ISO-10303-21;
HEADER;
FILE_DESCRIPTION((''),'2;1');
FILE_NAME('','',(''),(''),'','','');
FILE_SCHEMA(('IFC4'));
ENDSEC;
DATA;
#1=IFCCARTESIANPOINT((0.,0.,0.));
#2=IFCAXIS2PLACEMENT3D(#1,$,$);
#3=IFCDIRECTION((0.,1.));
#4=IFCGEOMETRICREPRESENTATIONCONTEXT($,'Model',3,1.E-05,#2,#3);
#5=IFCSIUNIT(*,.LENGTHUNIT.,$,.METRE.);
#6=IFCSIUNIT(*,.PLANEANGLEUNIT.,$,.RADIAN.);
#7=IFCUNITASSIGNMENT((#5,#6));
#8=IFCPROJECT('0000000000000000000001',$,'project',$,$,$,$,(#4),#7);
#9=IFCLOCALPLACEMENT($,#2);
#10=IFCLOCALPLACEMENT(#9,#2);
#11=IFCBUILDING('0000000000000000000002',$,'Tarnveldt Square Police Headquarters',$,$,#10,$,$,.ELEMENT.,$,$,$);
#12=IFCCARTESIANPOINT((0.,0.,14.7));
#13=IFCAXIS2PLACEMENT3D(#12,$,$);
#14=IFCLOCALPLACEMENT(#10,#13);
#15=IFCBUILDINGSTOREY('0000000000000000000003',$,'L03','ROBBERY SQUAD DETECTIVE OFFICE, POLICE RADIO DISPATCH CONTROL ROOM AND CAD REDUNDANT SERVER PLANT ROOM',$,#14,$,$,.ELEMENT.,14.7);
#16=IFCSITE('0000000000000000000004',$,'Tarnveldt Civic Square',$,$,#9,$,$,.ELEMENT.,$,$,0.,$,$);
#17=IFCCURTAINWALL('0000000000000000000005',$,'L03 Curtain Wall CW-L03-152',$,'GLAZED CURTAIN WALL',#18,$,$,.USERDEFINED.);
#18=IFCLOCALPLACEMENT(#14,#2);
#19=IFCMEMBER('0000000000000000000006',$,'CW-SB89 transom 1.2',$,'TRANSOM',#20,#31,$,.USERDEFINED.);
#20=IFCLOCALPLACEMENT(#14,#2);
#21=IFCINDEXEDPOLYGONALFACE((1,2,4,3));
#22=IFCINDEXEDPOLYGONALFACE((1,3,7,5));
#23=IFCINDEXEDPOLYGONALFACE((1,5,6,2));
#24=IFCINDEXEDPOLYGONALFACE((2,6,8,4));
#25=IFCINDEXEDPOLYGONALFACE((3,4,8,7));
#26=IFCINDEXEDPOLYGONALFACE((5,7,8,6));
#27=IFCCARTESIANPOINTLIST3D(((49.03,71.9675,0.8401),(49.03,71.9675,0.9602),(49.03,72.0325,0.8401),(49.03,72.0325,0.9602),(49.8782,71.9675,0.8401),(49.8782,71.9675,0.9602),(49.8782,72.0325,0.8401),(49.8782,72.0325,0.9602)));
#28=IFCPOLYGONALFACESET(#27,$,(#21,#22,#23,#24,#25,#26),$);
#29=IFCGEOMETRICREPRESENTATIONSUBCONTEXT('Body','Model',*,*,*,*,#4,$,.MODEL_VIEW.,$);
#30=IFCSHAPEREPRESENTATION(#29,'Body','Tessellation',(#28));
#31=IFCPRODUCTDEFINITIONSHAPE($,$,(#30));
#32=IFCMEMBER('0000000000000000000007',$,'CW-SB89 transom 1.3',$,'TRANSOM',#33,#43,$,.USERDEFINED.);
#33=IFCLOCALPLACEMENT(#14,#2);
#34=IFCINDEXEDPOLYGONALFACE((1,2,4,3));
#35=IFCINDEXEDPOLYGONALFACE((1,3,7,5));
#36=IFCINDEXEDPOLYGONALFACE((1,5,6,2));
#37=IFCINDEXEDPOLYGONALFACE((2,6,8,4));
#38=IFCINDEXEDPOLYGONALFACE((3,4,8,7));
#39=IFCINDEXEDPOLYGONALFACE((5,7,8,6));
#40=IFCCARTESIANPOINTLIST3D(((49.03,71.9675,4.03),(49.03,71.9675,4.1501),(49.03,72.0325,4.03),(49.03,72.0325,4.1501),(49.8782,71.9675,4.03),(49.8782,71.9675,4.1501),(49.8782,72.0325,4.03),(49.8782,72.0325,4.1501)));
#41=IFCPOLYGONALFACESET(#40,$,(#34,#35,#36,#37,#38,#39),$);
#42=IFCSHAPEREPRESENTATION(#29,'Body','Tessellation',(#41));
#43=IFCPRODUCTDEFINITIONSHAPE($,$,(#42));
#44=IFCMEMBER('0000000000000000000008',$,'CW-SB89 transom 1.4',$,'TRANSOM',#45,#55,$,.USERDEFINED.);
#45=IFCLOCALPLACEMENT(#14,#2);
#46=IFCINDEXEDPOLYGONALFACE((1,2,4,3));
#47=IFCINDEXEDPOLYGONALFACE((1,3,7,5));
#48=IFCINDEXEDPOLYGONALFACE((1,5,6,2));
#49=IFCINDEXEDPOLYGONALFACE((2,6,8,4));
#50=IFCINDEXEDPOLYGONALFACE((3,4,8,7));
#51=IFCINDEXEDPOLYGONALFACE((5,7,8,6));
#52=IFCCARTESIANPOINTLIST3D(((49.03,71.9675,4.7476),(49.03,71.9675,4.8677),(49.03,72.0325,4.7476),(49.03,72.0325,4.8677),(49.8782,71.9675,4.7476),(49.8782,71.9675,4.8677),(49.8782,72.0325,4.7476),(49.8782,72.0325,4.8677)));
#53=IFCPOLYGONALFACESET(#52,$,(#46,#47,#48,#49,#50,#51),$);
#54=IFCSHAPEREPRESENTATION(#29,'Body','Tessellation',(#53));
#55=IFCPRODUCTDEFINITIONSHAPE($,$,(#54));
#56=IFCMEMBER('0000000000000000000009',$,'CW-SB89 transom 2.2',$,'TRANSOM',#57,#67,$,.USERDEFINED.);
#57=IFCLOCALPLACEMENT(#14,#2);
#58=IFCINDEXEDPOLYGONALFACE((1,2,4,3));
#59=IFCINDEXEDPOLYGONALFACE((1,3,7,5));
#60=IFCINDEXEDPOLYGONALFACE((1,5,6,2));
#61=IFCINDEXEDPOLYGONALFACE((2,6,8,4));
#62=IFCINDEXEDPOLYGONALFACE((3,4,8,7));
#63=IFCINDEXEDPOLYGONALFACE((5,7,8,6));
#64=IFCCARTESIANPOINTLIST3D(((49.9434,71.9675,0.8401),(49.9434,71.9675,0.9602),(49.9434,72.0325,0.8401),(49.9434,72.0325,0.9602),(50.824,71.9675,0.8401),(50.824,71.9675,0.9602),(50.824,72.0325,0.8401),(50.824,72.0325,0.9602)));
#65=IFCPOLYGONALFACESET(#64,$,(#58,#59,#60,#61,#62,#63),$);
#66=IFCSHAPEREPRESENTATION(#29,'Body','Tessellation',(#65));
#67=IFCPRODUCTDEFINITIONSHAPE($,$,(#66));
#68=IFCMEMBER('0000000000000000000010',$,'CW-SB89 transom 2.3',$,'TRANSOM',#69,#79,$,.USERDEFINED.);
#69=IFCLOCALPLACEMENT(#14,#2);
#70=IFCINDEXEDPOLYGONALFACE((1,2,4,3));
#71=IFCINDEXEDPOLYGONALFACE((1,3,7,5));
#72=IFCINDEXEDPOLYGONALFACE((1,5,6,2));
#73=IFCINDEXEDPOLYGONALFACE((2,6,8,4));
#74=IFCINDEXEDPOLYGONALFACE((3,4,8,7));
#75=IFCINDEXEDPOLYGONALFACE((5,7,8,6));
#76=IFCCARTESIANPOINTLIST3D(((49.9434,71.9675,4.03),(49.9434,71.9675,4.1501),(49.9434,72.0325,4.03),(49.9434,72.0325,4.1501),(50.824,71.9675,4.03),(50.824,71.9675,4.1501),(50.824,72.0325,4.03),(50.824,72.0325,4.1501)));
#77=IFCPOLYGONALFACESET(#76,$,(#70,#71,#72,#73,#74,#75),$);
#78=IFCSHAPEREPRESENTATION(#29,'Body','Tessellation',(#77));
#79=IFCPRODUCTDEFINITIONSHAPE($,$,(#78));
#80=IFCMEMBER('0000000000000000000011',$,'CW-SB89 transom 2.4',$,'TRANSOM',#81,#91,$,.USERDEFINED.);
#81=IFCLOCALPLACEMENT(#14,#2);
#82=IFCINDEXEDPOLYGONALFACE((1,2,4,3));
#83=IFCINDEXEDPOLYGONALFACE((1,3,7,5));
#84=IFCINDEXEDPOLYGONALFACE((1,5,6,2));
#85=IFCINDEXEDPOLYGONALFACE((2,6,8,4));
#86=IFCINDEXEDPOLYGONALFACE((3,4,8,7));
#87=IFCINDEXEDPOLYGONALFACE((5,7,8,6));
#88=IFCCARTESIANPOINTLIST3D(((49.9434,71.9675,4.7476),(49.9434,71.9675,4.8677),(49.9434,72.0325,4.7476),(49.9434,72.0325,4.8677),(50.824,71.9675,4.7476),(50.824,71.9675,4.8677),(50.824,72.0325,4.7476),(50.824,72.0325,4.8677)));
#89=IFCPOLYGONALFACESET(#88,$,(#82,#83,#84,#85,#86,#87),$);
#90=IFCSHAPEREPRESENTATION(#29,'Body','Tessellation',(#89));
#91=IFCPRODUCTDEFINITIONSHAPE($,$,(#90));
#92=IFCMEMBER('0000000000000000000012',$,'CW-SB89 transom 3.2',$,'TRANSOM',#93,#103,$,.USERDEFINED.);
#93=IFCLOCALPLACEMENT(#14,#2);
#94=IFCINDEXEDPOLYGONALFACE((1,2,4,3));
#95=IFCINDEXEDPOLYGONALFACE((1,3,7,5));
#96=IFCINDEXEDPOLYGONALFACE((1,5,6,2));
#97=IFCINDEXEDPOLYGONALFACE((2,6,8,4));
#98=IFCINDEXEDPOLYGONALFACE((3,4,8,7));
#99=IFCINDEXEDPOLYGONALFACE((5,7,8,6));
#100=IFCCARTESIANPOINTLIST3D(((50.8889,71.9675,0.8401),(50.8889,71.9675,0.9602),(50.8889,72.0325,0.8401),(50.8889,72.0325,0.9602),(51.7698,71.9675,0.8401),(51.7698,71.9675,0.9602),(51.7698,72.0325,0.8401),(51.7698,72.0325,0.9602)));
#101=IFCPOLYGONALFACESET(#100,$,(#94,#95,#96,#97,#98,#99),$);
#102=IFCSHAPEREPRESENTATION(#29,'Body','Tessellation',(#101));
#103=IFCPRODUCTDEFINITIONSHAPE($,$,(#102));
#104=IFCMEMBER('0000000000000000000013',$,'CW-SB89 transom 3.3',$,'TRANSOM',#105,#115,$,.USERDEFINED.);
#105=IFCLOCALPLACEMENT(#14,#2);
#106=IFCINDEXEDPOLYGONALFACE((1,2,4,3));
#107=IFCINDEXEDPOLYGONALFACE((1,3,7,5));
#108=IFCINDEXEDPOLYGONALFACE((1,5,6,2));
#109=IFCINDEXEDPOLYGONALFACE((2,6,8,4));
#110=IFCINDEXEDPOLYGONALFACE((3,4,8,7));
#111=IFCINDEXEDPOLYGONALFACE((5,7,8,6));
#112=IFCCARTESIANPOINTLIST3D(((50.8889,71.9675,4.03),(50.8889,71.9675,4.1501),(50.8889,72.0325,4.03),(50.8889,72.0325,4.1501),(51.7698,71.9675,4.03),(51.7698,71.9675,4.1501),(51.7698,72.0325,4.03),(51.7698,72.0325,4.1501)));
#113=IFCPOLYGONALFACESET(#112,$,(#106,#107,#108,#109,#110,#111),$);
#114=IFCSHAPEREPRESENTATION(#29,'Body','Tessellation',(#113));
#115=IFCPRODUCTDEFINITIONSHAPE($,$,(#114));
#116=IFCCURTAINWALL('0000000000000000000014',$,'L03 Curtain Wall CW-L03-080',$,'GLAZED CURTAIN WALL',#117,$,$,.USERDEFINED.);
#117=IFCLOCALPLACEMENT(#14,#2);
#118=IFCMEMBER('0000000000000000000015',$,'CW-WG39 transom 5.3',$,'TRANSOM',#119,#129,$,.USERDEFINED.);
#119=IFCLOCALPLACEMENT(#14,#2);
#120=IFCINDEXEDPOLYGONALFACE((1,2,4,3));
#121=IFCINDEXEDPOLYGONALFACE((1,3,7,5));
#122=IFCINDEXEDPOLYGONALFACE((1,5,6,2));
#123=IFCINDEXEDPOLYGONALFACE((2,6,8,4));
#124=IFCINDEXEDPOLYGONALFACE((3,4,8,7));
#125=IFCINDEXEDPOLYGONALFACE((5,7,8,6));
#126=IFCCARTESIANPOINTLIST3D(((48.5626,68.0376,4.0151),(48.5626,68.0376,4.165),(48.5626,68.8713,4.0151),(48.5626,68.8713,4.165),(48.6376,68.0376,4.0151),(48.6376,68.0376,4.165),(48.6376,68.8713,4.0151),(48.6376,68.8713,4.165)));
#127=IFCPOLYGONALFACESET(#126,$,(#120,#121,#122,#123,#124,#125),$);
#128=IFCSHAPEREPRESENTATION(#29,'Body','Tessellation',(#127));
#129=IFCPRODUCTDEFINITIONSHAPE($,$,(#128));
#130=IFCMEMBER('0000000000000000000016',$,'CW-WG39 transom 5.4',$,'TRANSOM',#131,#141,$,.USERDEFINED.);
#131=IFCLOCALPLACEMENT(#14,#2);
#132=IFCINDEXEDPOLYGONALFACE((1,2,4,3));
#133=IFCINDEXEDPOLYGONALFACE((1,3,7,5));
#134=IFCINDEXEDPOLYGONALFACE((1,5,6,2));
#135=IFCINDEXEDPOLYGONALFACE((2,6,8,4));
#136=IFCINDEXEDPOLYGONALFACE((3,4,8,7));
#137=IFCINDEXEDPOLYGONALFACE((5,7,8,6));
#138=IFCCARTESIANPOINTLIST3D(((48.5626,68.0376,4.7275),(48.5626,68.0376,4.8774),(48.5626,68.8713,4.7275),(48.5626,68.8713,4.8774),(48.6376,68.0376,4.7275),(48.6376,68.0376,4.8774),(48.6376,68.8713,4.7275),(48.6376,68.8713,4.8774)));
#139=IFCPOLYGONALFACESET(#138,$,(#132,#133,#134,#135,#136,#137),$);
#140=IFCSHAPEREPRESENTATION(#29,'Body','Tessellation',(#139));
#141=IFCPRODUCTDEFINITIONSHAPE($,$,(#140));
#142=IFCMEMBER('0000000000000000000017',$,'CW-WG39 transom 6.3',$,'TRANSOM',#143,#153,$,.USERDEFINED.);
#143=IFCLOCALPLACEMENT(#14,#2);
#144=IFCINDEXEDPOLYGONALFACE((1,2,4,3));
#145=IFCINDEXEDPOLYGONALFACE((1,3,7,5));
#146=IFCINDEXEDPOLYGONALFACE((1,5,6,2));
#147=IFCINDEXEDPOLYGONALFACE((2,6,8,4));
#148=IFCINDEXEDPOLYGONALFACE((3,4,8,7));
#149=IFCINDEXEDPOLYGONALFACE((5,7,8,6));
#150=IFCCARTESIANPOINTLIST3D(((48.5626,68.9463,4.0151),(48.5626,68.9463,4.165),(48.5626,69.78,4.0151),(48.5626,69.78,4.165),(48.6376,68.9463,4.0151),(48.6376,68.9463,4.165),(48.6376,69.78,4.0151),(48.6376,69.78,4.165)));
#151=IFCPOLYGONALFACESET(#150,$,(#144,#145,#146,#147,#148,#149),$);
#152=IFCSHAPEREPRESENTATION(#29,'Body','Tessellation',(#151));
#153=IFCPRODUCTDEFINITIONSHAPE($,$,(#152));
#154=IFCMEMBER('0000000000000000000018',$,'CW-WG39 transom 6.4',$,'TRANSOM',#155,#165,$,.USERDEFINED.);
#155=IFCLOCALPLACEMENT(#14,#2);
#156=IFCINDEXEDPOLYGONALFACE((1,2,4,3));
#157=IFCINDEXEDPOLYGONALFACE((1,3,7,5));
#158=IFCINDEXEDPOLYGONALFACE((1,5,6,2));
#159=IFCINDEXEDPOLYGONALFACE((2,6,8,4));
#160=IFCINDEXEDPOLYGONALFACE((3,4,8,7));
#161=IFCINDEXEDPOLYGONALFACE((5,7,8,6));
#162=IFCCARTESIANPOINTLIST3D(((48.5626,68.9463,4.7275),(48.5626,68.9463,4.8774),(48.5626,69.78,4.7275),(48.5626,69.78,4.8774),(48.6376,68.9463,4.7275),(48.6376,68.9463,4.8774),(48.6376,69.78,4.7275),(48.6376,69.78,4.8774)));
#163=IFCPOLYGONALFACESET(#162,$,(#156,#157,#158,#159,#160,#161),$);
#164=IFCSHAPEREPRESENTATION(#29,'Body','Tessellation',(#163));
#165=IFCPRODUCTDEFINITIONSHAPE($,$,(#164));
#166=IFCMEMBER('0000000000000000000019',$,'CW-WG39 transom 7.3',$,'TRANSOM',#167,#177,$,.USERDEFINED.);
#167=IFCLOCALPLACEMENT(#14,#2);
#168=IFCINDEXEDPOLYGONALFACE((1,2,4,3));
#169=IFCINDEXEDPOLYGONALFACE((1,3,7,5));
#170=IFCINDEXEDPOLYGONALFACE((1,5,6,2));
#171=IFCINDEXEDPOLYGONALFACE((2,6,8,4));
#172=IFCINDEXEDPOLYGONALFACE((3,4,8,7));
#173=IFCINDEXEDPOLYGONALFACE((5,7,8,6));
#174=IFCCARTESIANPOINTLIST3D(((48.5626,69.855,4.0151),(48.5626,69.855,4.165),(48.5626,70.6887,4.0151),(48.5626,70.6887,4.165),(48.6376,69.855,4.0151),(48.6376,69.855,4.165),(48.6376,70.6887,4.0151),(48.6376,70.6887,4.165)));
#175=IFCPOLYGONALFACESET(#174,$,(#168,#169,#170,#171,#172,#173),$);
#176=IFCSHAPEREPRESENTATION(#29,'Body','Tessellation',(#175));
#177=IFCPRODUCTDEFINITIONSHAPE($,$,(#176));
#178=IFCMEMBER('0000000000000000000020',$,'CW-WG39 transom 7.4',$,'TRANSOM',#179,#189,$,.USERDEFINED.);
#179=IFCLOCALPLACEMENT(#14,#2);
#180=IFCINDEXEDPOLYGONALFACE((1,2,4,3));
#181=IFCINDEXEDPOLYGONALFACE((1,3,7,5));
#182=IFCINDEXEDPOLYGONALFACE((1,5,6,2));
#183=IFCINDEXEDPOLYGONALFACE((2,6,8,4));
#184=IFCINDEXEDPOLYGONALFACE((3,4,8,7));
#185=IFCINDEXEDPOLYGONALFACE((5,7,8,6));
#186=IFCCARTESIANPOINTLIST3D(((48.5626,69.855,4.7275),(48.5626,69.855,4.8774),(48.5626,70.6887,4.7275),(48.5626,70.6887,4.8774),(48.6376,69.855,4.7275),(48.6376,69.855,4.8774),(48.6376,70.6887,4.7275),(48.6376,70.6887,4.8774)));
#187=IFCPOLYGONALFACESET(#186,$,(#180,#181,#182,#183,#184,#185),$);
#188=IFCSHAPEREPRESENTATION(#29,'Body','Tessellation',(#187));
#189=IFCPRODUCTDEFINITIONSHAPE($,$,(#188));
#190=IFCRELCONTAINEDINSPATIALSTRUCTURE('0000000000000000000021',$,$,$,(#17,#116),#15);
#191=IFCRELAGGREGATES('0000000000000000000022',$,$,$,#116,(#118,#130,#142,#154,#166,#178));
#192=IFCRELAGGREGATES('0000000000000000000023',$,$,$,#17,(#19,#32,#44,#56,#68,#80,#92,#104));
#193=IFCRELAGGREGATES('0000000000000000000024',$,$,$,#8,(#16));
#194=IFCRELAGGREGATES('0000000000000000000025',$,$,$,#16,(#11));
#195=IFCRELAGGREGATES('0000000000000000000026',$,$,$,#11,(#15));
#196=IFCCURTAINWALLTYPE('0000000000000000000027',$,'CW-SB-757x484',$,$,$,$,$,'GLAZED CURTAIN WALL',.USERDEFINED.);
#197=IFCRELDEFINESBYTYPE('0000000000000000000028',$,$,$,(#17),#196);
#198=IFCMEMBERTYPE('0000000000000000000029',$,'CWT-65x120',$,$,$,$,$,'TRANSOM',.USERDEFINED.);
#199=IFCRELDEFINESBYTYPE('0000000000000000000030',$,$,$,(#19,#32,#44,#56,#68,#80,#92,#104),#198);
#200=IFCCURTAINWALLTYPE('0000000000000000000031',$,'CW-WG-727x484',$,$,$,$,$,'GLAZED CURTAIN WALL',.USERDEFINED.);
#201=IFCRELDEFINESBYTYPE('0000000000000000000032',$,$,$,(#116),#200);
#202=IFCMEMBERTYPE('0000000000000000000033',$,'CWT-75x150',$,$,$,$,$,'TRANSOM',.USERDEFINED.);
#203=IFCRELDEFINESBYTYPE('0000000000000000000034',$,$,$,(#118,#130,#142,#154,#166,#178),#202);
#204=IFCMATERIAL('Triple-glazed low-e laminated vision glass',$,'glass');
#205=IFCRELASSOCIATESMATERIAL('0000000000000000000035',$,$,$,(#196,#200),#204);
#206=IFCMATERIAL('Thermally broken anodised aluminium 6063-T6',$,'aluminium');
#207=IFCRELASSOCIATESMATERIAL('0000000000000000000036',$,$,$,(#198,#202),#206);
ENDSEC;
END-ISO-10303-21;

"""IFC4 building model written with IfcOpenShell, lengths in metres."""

from ifc_helpers import new_model, si_unit, direction, frame, origin, origin_2d, place, context, subcontext, project, spatial, rectangle, extrude, material, material_profile, profile_set, type_object, element, aggregate, save


model = new_model("IFC4")

# Units and contexts
model_context = context("Model", 3, precision=1e-05, world=origin(), true_north=direction((0.0, 1.0)))
body_context = subcontext(model_context, "Body", "Model", "MODEL_VIEW")
ifc_project = project(units=[si_unit("LENGTHUNIT", "METRE"), si_unit("PLANEANGLEUNIT", "RADIAN")], contexts=[model_context])

# Site, building, storey
site_placement = place(None, origin())
site = spatial("IfcSite", under=ifc_project, at=site_placement, Name="Tarnveldt Civic Square", CompositionType="ELEMENT", RefElevation=0.0)
building_placement = place(site_placement, origin())
building = spatial("IfcBuilding", under=site, at=building_placement, Name="Tarnveldt Square Police Headquarters", CompositionType="ELEMENT")
storey_placement = place(building_placement, frame((0.0, 0.0, 14.7)))
storey = spatial("IfcBuildingStorey", under=building, at=storey_placement, Name="L03", Description="ROBBERY SQUAD DETECTIVE OFFICE, POLICE RADIO DISPATCH CONTROL ROOM AND CAD REDUNDANT SERVER PLANT ROOM", CompositionType="ELEMENT", Elevation=14.7)

# Curtain walls, members
ifc_material_1 = material(Name="Triple-glazed low-e laminated vision glass", Category="glass")
curtain_wall_type_1 = type_object("IfcCurtainWallType", Name="CW-SB-757x484", ElementType="GLAZED CURTAIN WALL", PredefinedType="USERDEFINED", material=ifc_material_1)
curtain_wall_1_placement = place(storey_placement, origin())
curtain_wall_1 = element("IfcCurtainWall", 1, at=curtain_wall_1_placement, inside=storey, type_object=curtain_wall_type_1, Name="L03 Curtain Wall CW-L03-152", ObjectType="GLAZED CURTAIN WALL", PredefinedType="USERDEFINED")
ifc_material_2 = material(Name="Thermally broken anodised aluminium 6063-T6", Category="aluminium")
ifc_material_profile_1 = material_profile(ifc_material_2, rectangle(XDim=0.0649, YDim=0.1201, at=origin_2d()), Name="CW-T65x120")
ifc_profile_set_1 = profile_set([ifc_material_profile_1], Name="Thermally broken anodised aluminium 6063-T6")
member_type_1 = type_object("IfcMemberType", Name="CWT-65x120", ElementType="TRANSOM", PredefinedType="USERDEFINED", material=ifc_profile_set_1)
member_1_placement = place(storey_placement, frame((49.03, 72.0, 0.9001), z_axis=(1.0, 0.0, 0.0), x_axis=(0.0, 1.0, 0.0)))
member_1 = element("IfcMember", 2, at=member_1_placement, type_object=member_type_1, Name="CW-SB89 transom 1.2", ObjectType="TRANSOM", PredefinedType="USERDEFINED", context=body_context, shape_type="SweptSolid", body=[
    extrude(rectangle(XDim=0.0649, YDim=0.1201, at=origin_2d()), origin(), (0.0, 0.0, 1.0), 0.8481),
])
member_2_placement = place(storey_placement, frame((49.03, 72.0, 4.0901), z_axis=(1.0, 0.0, 0.0), x_axis=(0.0, 1.0, 0.0)))
member_2 = element("IfcMember", 3, at=member_2_placement, type_object=member_type_1, Name="CW-SB89 transom 1.3", ObjectType="TRANSOM", PredefinedType="USERDEFINED", context=body_context, shape_type="SweptSolid", body=[
    extrude(rectangle(XDim=0.0649, YDim=0.1201, at=origin_2d()), origin(), (0.0, 0.0, 1.0), 0.8481),
])
member_3_placement = place(storey_placement, frame((49.03, 72.0, 4.8076), z_axis=(1.0, 0.0, 0.0), x_axis=(0.0, 1.0, 0.0)))
member_3 = element("IfcMember", 4, at=member_3_placement, type_object=member_type_1, Name="CW-SB89 transom 1.4", ObjectType="TRANSOM", PredefinedType="USERDEFINED", context=body_context, shape_type="SweptSolid", body=[
    extrude(rectangle(XDim=0.0649, YDim=0.1201, at=origin_2d()), origin(), (0.0, 0.0, 1.0), 0.8481),
])
member_4_placement = place(storey_placement, frame((49.9434, 72.0, 0.9001), z_axis=(1.0, 0.0, 0.0), x_axis=(0.0, 1.0, 0.0)))
member_4 = element("IfcMember", 5, at=member_4_placement, type_object=member_type_1, Name="CW-SB89 transom 2.2", ObjectType="TRANSOM", PredefinedType="USERDEFINED", context=body_context, shape_type="SweptSolid", body=[
    extrude(rectangle(XDim=0.0649, YDim=0.1201, at=origin_2d()), origin(), (0.0, 0.0, 1.0), 0.8806),
])
member_5_placement = place(storey_placement, frame((49.9434, 72.0, 4.0901), z_axis=(1.0, 0.0, 0.0), x_axis=(0.0, 1.0, 0.0)))
member_5 = element("IfcMember", 6, at=member_5_placement, type_object=member_type_1, Name="CW-SB89 transom 2.3", ObjectType="TRANSOM", PredefinedType="USERDEFINED", context=body_context, shape_type="SweptSolid", body=[
    extrude(rectangle(XDim=0.0649, YDim=0.1201, at=origin_2d()), origin(), (0.0, 0.0, 1.0), 0.8806),
])
member_6_placement = place(storey_placement, frame((49.9434, 72.0, 4.8076), z_axis=(1.0, 0.0, 0.0), x_axis=(0.0, 1.0, 0.0)))
member_6 = element("IfcMember", 7, at=member_6_placement, type_object=member_type_1, Name="CW-SB89 transom 2.4", ObjectType="TRANSOM", PredefinedType="USERDEFINED", context=body_context, shape_type="SweptSolid", body=[
    extrude(rectangle(XDim=0.0649, YDim=0.1201, at=origin_2d()), origin(), (0.0, 0.0, 1.0), 0.8806),
])
member_7_placement = place(storey_placement, frame((50.8889, 72.0, 0.9001), z_axis=(1.0, 0.0, 0.0), x_axis=(0.0, 1.0, 0.0)))
member_7 = element("IfcMember", 8, at=member_7_placement, type_object=member_type_1, Name="CW-SB89 transom 3.2", ObjectType="TRANSOM", PredefinedType="USERDEFINED", context=body_context, shape_type="SweptSolid", body=[
    extrude(rectangle(XDim=0.0649, YDim=0.1201, at=origin_2d()), origin(), (0.0, 0.0, 1.0), 0.8809),
])
member_8_placement = place(storey_placement, frame((50.8889, 72.0, 4.0901), z_axis=(1.0, 0.0, 0.0), x_axis=(0.0, 1.0, 0.0)))
member_8 = element("IfcMember", 9, at=member_8_placement, type_object=member_type_1, Name="CW-SB89 transom 3.3", ObjectType="TRANSOM", PredefinedType="USERDEFINED", context=body_context, shape_type="SweptSolid", body=[
    extrude(rectangle(XDim=0.0649, YDim=0.1201, at=origin_2d()), origin(), (0.0, 0.0, 1.0), 0.8809),
])
curtain_wall_type_2 = type_object("IfcCurtainWallType", Name="CW-WG-727x484", ElementType="GLAZED CURTAIN WALL", PredefinedType="USERDEFINED", material=ifc_material_1)
curtain_wall_2_placement = place(storey_placement, origin())
curtain_wall_2 = element("IfcCurtainWall", 10, at=curtain_wall_2_placement, inside=storey, type_object=curtain_wall_type_2, Name="L03 Curtain Wall CW-L03-080", ObjectType="GLAZED CURTAIN WALL", PredefinedType="USERDEFINED")
ifc_material_profile_2 = material_profile(ifc_material_2, rectangle(XDim=0.075, YDim=0.1499, at=origin_2d()), Name="CW-T75x150")
ifc_profile_set_2 = profile_set([ifc_material_profile_2], Name="Thermally broken anodised aluminium 6063-T6")
member_type_2 = type_object("IfcMemberType", Name="CWT-75x150", ElementType="TRANSOM", PredefinedType="USERDEFINED", material=ifc_profile_set_2)
member_9_placement = place(storey_placement, frame((48.6001, 68.0376, 4.0901), z_axis=(0.0, 1.0, 0.0), x_axis=(-1.0, 0.0, 0.0)))
member_9 = element("IfcMember", 11, at=member_9_placement, type_object=member_type_2, Name="CW-WG39 transom 5.3", ObjectType="TRANSOM", PredefinedType="USERDEFINED", context=body_context, shape_type="SweptSolid", body=[
    extrude(rectangle(XDim=0.075, YDim=0.1499, at=origin_2d()), origin(), (0.0, 0.0, 1.0), 0.8337),
])
member_10_placement = place(storey_placement, frame((48.6001, 68.0376, 4.8025), z_axis=(0.0, 1.0, 0.0), x_axis=(-1.0, 0.0, 0.0)))
member_10 = element("IfcMember", 12, at=member_10_placement, type_object=member_type_2, Name="CW-WG39 transom 5.4", ObjectType="TRANSOM", PredefinedType="USERDEFINED", context=body_context, shape_type="SweptSolid", body=[
    extrude(rectangle(XDim=0.075, YDim=0.1499, at=origin_2d()), origin(), (0.0, 0.0, 1.0), 0.8337),
])
member_11_placement = place(storey_placement, frame((48.6001, 68.9463, 4.0901), z_axis=(0.0, 1.0, 0.0), x_axis=(-1.0, 0.0, 0.0)))
member_11 = element("IfcMember", 13, at=member_11_placement, type_object=member_type_2, Name="CW-WG39 transom 6.3", ObjectType="TRANSOM", PredefinedType="USERDEFINED", context=body_context, shape_type="SweptSolid", body=[
    extrude(rectangle(XDim=0.075, YDim=0.1499, at=origin_2d()), origin(), (0.0, 0.0, 1.0), 0.8337),
])
member_12_placement = place(storey_placement, frame((48.6001, 68.9463, 4.8025), z_axis=(0.0, 1.0, 0.0), x_axis=(-1.0, 0.0, 0.0)))
member_12 = element("IfcMember", 14, at=member_12_placement, type_object=member_type_2, Name="CW-WG39 transom 6.4", ObjectType="TRANSOM", PredefinedType="USERDEFINED", context=body_context, shape_type="SweptSolid", body=[
    extrude(rectangle(XDim=0.075, YDim=0.1499, at=origin_2d()), origin(), (0.0, 0.0, 1.0), 0.8337),
])
member_13_placement = place(storey_placement, frame((48.6001, 69.855, 4.0901), z_axis=(0.0, 1.0, 0.0), x_axis=(-1.0, 0.0, 0.0)))
member_13 = element("IfcMember", 15, at=member_13_placement, type_object=member_type_2, Name="CW-WG39 transom 7.3", ObjectType="TRANSOM", PredefinedType="USERDEFINED", context=body_context, shape_type="SweptSolid", body=[
    extrude(rectangle(XDim=0.075, YDim=0.1499, at=origin_2d()), origin(), (0.0, 0.0, 1.0), 0.8337),
])
member_14_placement = place(storey_placement, frame((48.6001, 69.855, 4.8025), z_axis=(0.0, 1.0, 0.0), x_axis=(-1.0, 0.0, 0.0)))
member_14 = element("IfcMember", 16, at=member_14_placement, type_object=member_type_2, Name="CW-WG39 transom 7.4", ObjectType="TRANSOM", PredefinedType="USERDEFINED", context=body_context, shape_type="SweptSolid", body=[
    extrude(rectangle(XDim=0.075, YDim=0.1499, at=origin_2d()), origin(), (0.0, 0.0, 1.0), 0.8337),
])

aggregate(curtain_wall_2, [member_9, member_10, member_11, member_12, member_13, member_14])
aggregate(curtain_wall_1, [member_1, member_2, member_3, member_4, member_5, member_6, member_7, member_8])

save(model, "model.ifc")
